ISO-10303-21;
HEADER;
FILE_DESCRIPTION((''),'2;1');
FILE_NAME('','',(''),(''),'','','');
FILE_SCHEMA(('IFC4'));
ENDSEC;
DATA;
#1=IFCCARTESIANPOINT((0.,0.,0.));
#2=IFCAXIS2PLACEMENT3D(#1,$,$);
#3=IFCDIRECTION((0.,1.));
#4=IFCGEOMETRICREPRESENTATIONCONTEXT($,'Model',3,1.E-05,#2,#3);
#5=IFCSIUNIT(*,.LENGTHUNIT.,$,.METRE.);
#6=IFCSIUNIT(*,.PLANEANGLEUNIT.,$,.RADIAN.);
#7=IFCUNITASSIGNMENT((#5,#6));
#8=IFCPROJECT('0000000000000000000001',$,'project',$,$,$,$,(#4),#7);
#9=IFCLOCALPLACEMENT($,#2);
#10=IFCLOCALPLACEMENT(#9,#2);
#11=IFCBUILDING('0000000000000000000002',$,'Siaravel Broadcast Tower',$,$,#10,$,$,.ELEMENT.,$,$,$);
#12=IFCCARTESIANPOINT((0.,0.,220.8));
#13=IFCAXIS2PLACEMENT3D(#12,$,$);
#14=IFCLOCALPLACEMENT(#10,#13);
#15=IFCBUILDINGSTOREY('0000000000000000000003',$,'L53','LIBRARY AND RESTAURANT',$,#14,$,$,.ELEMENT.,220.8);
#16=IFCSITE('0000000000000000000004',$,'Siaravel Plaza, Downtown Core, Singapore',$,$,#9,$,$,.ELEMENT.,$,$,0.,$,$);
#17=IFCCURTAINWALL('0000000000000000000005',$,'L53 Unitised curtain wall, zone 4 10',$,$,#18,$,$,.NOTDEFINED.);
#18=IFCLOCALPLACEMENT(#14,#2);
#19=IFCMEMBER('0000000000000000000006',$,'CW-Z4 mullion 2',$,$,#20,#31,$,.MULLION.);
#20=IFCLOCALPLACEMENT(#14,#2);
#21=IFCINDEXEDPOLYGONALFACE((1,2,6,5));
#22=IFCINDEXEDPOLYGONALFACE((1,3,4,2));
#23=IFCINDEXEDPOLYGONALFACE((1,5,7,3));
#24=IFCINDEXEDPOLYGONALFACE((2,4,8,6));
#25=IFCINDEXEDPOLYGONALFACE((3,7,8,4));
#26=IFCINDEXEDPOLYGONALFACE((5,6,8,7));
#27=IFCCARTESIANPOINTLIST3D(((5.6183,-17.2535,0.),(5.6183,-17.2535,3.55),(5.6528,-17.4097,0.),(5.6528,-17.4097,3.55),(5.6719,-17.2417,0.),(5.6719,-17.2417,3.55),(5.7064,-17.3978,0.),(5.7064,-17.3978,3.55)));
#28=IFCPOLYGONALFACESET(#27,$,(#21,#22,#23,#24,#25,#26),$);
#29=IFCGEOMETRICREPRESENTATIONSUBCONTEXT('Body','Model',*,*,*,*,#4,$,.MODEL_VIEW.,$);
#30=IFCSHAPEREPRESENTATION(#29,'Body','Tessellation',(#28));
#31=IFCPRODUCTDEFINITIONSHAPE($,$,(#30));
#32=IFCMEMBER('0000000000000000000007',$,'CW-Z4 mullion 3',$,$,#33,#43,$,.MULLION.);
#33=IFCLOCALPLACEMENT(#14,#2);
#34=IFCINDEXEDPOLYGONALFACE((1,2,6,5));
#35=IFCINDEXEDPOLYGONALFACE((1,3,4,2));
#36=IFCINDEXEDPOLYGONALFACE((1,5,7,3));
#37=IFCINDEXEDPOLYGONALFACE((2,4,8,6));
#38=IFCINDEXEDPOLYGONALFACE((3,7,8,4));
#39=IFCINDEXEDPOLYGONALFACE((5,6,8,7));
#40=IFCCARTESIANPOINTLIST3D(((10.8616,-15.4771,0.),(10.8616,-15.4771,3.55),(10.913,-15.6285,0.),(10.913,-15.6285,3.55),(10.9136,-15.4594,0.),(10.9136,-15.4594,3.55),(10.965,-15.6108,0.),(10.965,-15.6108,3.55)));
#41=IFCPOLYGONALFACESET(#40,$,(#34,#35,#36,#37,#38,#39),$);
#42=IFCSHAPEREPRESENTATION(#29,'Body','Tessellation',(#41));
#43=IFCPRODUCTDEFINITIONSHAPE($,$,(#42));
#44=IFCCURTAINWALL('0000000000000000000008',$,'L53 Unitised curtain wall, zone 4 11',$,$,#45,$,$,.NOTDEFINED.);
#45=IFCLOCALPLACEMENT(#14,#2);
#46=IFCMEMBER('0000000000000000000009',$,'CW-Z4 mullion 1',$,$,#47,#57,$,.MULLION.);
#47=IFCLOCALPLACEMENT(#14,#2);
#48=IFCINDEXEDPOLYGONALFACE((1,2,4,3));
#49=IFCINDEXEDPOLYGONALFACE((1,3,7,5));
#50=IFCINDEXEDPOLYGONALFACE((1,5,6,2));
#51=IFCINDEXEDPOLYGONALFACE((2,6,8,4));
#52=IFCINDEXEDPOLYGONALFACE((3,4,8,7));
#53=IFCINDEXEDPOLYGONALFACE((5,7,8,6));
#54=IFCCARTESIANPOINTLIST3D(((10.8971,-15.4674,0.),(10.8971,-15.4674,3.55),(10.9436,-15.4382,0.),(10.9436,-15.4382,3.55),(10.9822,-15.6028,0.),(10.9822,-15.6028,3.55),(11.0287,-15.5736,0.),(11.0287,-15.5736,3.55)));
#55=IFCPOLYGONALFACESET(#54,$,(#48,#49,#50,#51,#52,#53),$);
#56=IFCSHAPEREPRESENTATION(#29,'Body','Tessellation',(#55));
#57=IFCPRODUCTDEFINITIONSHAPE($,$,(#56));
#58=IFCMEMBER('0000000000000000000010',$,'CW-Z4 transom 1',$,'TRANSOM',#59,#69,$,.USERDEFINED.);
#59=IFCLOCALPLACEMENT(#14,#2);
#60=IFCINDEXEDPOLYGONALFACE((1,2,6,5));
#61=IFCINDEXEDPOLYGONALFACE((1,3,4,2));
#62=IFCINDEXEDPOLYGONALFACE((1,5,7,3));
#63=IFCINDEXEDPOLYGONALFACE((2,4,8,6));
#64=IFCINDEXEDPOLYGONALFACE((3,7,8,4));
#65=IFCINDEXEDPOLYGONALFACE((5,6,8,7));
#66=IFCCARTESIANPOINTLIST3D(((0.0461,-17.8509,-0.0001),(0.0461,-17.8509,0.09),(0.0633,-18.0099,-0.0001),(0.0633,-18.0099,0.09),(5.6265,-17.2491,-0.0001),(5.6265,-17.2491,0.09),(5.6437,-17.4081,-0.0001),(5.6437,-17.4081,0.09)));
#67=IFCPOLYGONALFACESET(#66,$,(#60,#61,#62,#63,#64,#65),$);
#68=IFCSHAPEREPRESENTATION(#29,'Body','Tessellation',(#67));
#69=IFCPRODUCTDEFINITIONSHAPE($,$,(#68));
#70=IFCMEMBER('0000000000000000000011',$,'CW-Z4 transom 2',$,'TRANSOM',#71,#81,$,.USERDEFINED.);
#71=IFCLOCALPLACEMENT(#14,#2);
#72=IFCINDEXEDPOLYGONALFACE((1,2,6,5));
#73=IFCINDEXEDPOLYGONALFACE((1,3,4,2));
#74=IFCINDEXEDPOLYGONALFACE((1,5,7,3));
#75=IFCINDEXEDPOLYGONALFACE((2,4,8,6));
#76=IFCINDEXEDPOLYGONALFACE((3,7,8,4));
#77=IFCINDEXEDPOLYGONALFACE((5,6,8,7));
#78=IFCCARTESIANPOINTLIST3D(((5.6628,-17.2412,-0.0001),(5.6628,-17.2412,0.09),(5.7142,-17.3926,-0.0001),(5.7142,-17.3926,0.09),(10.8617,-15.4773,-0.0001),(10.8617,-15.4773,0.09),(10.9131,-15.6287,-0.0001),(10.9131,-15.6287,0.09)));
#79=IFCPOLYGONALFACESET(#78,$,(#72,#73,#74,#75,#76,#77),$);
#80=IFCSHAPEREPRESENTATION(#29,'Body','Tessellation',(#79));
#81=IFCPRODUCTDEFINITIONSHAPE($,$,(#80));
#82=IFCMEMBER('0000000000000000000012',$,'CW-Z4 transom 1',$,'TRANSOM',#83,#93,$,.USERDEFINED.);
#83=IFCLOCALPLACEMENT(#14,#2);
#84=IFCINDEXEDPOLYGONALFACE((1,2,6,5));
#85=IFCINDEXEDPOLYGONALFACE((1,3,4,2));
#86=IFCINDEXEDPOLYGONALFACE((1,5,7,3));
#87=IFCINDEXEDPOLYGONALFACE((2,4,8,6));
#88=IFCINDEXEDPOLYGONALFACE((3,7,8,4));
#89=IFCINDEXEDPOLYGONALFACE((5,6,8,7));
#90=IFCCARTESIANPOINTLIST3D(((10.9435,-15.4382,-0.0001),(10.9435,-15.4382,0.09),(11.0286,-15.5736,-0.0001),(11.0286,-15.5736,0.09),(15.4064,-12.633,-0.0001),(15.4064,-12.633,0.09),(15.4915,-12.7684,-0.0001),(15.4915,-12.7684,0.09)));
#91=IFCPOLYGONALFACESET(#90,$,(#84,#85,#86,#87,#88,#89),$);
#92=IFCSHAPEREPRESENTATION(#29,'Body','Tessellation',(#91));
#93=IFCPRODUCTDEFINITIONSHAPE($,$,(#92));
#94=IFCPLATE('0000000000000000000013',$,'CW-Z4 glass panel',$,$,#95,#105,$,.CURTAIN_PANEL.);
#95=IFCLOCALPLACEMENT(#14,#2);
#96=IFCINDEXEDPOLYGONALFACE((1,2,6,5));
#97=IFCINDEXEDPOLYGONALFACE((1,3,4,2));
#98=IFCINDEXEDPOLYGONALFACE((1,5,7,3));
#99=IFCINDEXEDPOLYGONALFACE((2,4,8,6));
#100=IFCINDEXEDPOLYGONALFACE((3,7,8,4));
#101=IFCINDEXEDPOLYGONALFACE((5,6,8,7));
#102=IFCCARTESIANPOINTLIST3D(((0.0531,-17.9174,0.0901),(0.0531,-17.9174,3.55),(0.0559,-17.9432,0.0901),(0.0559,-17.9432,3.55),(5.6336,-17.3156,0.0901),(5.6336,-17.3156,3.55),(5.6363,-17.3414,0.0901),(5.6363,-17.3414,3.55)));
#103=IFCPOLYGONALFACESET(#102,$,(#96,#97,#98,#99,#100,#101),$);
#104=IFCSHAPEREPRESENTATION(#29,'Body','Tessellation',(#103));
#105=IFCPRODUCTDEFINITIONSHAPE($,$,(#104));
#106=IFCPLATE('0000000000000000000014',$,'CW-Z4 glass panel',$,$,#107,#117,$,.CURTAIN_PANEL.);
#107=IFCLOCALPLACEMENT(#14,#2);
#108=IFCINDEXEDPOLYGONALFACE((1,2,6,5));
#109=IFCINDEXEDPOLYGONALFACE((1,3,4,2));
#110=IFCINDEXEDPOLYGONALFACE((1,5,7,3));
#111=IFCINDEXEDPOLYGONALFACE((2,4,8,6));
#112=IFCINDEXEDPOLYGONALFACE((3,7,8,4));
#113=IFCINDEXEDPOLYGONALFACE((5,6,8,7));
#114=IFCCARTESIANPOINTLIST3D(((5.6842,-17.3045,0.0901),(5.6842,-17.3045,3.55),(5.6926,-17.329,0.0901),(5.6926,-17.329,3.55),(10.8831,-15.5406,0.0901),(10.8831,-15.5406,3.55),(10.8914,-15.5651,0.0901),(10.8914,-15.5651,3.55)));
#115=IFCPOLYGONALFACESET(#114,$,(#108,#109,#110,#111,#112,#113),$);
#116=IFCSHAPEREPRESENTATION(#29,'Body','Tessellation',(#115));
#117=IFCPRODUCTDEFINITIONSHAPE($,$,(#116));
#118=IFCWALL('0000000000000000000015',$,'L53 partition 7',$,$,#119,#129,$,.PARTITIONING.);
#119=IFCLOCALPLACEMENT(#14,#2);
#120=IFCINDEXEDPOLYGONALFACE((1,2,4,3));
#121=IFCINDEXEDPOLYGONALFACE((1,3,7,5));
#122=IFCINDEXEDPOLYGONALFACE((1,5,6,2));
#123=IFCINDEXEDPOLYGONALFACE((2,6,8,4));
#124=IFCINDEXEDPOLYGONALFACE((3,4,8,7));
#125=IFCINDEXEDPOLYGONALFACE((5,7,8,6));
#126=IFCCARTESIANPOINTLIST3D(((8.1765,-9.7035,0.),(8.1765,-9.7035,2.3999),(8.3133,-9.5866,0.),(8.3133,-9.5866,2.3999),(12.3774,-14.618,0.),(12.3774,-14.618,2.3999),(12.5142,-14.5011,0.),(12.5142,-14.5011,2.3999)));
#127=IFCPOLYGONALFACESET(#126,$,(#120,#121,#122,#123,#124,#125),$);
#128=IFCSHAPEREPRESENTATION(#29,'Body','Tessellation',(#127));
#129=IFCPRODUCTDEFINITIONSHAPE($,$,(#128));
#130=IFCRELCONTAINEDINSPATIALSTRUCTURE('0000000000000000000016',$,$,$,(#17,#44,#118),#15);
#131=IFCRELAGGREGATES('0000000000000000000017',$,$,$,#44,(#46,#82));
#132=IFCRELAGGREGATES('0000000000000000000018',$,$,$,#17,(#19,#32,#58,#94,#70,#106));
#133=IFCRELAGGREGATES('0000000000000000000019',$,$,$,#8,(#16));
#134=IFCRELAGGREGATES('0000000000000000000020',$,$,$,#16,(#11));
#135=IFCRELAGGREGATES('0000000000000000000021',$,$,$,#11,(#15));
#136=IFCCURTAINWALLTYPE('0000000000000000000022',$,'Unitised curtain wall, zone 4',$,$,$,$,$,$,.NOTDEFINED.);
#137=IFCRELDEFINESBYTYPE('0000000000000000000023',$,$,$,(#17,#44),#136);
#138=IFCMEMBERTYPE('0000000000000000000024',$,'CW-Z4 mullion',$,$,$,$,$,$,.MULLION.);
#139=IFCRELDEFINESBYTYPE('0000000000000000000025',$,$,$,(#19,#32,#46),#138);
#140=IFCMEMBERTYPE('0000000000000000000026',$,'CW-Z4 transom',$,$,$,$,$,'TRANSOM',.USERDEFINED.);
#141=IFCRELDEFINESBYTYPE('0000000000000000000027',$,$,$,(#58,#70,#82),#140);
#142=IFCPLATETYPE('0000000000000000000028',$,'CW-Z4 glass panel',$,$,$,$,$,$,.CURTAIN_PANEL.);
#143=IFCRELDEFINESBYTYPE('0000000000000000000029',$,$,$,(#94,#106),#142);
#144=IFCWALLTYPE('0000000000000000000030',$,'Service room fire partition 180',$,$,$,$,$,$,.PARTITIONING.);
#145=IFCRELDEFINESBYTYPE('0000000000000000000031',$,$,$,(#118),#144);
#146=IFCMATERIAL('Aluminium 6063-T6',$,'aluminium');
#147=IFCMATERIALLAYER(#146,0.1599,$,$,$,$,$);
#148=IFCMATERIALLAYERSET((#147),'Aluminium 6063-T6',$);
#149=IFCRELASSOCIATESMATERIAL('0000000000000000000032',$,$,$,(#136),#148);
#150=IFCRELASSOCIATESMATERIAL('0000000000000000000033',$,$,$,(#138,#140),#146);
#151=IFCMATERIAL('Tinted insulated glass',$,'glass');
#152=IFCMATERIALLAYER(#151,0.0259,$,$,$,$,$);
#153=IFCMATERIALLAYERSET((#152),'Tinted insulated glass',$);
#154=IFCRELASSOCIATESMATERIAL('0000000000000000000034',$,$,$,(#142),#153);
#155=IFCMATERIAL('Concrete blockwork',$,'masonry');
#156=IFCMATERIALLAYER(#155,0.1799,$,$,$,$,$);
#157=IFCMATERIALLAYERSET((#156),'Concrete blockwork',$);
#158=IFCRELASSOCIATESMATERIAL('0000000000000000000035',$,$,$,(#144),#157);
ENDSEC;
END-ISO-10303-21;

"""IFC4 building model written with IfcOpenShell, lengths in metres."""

from ifc_helpers import new_model, si_unit, direction, frame, frame_2d, origin, origin_2d, place, context, subcontext, project, spatial, rectangle, extrude, material, layer, layer_set, material_profile, profile_set, type_object, element, aggregate, save


model = new_model("IFC4")

# Units and contexts
model_context = context("Model", 3, precision=1e-05, world=origin(), true_north=direction((0.0, 1.0)))
body_context = subcontext(model_context, "Body", "Model", "MODEL_VIEW")
ifc_project = project(units=[si_unit("LENGTHUNIT", "METRE"), si_unit("PLANEANGLEUNIT", "RADIAN")], contexts=[model_context])

# Site, building, storey
site_placement = place(None, origin())
site = spatial("IfcSite", under=ifc_project, at=site_placement, Name="Siaravel Plaza, Downtown Core, Singapore", CompositionType="ELEMENT", RefElevation=0.0)
building_placement = place(site_placement, origin())
building = spatial("IfcBuilding", under=site, at=building_placement, Name="Siaravel Broadcast Tower", CompositionType="ELEMENT")
storey_placement = place(building_placement, frame((0.0, 0.0, 220.8)))
storey = spatial("IfcBuildingStorey", under=building, at=storey_placement, Name="L53", Description="LIBRARY AND RESTAURANT", CompositionType="ELEMENT", Elevation=220.8)

# Curtain wall, members
ifc_material_1 = material(Name="Aluminium 6063-T6", Category="aluminium")
ifc_layer_1 = layer(ifc_material_1, 0.1599)
ifc_layer_set_1 = layer_set([ifc_layer_1], Name="Aluminium 6063-T6")
curtain_wall_type = type_object("IfcCurtainWallType", Name="Unitised curtain wall, zone 4", PredefinedType="NOTDEFINED", material=ifc_layer_set_1)
curtain_wall_1_placement = place(storey_placement, origin())
curtain_wall_1 = element("IfcCurtainWall", 1, at=curtain_wall_1_placement, inside=storey, type_object=curtain_wall_type, Name="L53 Unitised curtain wall, zone 4 10", PredefinedType="NOTDEFINED")
ifc_material_profile_1 = material_profile(ifc_material_1, rectangle(XDim=0.1599, YDim=0.0549, at=origin_2d()))
ifc_profile_set_1 = profile_set([ifc_material_profile_1], Name="Aluminium 6063-T6")
member_type_1 = type_object("IfcMemberType", Name="CW-Z4 mullion", PredefinedType="MULLION", material=ifc_profile_set_1)
member_1_placement = place(storey_placement, frame((5.6624, -17.3257, 0.0), z_axis=(0.0, 0.0, 1.0), x_axis=(-0.215558, 0.976491, 0.0)))
member_1 = element("IfcMember", 2, at=member_1_placement, type_object=member_type_1, Name="CW-Z4 mullion 2", PredefinedType="MULLION", context=body_context, shape_type="SweptSolid", body=[
    extrude(rectangle(XDim=0.1599, YDim=0.0549, at=origin_2d()), origin(), (0.0, 0.0, 1.0), 3.55),
])
member_2_placement = place(storey_placement, frame((10.9133, -15.5439, 0.0), z_axis=(0.0, 0.0, 1.0), x_axis=(-0.321301, 0.946977, 0.0)))
member_2 = element("IfcMember", 3, at=member_2_placement, type_object=member_type_1, Name="CW-Z4 mullion 3", PredefinedType="MULLION", context=body_context, shape_type="SweptSolid", body=[
    extrude(rectangle(XDim=0.1599, YDim=0.0549, at=origin_2d()), origin(), (0.0, 0.0, 1.0), 3.55),
])

# Curtain wall, member
curtain_wall_2_placement = place(storey_placement, origin())
curtain_wall_2 = element("IfcCurtainWall", 4, at=curtain_wall_2_placement, inside=storey, type_object=curtain_wall_type, Name="L53 Unitised curtain wall, zone 4 11", PredefinedType="NOTDEFINED")
member_3_placement = place(storey_placement, frame((10.9629, -15.5205, 0.0), z_axis=(0.0, 0.0, 1.0), x_axis=(-0.53215, 0.84665, 0.0)))
member_3 = element("IfcMember", 5, at=member_3_placement, type_object=member_type_1, Name="CW-Z4 mullion 1", PredefinedType="MULLION", context=body_context, shape_type="SweptSolid", body=[
    extrude(rectangle(XDim=0.1599, YDim=0.0549, at=origin_2d()), origin(), (0.0, 0.0, 1.0), 3.55),
])

# Members
ifc_material_profile_2 = material_profile(ifc_material_1, rectangle(XDim=0.1599, YDim=0.0901, at=origin_2d()))
ifc_profile_set_2 = profile_set([ifc_material_profile_2], Name="Aluminium 6063-T6")
member_type_2 = type_object("IfcMemberType", Name="CW-Z4 transom", ElementType="TRANSOM", PredefinedType="USERDEFINED", material=ifc_profile_set_2)
member_4_placement = place(storey_placement, frame((0.0547, -17.9304, 0.0449), z_axis=(0.994235, 0.107223, 0.0), x_axis=(-0.107223, 0.994235, 0.0)))
member_4 = element("IfcMember", 6, at=member_4_placement, type_object=member_type_2, Name="CW-Z4 transom 1", ObjectType="TRANSOM", PredefinedType="USERDEFINED", context=body_context, shape_type="SweptSolid", body=[
    extrude(rectangle(XDim=0.1599, YDim=0.0901, at=origin_2d()), origin(), (0.0, 0.0, 1.0), 5.6128),
])
member_5_placement = place(storey_placement, frame((5.6885, -17.3169, 0.0449), z_axis=(0.94698, 0.321293, 0.0), x_axis=(-0.321293, 0.94698, 0.0)))
member_5 = element("IfcMember", 7, at=member_5_placement, type_object=member_type_2, Name="CW-Z4 transom 2", ObjectType="TRANSOM", PredefinedType="USERDEFINED", context=body_context, shape_type="SweptSolid", body=[
    extrude(rectangle(XDim=0.1599, YDim=0.0901, at=origin_2d()), origin(), (0.0, 0.0, 1.0), 5.49),
])
member_6_placement = place(storey_placement, frame((10.9861, -15.5059, 0.0449), z_axis=(0.846643, 0.532162, 0.0), x_axis=(-0.532162, 0.846643, 0.0)))
member_6 = element("IfcMember", 8, at=member_6_placement, type_object=member_type_2, Name="CW-Z4 transom 1", ObjectType="TRANSOM", PredefinedType="USERDEFINED", context=body_context, shape_type="SweptSolid", body=[
    extrude(rectangle(XDim=0.1599, YDim=0.0901, at=origin_2d()), origin(), (0.0, 0.0, 1.0), 5.2712),
])
aggregate(curtain_wall_2, [member_3, member_6])

# Plates
ifc_material_2 = material(Name="Tinted insulated glass", Category="glass")
ifc_layer_2 = layer(ifc_material_2, 0.0259)
ifc_layer_set_2 = layer_set([ifc_layer_2], Name="Tinted insulated glass")
plate_type = type_object("IfcPlateType", Name="CW-Z4 glass panel", PredefinedType="CURTAIN_PANEL", material=ifc_layer_set_2)
plate_1_placement = place(storey_placement, frame((2.8447, -17.6294, 0.0901), z_axis=(0.0, 0.0, 1.0), x_axis=(0.994236, 0.107218, 0.0)))
plate_1 = element("IfcPlate", 9, at=plate_1_placement, type_object=plate_type, Name="CW-Z4 glass panel", PredefinedType="CURTAIN_PANEL", context=body_context, shape_type="SweptSolid", body=[
    extrude(rectangle(XDim=5.6128, YDim=0.0259, at=origin_2d()), origin(), (0.0, 0.0, 1.0), 3.46),
])
plate_2_placement = place(storey_placement, frame((8.2878, -16.4348, 0.0901), z_axis=(0.0, 0.0, 1.0), x_axis=(0.946977, 0.321301, 0.0)))
plate_2 = element("IfcPlate", 10, at=plate_2_placement, type_object=plate_type, Name="CW-Z4 glass panel", PredefinedType="CURTAIN_PANEL", context=body_context, shape_type="SweptSolid", body=[
    extrude(rectangle(XDim=5.49, YDim=0.0259, at=origin_2d()), origin(), (0.0, 0.0, 1.0), 3.46),
])
aggregate(curtain_wall_1, [member_1, member_2, member_4, plate_1, member_5, plate_2])

# Wall
ifc_material_3 = material(Name="Concrete blockwork", Category="masonry")
ifc_layer_3 = layer(ifc_material_3, 0.1799)
ifc_layer_set_3 = layer_set([ifc_layer_3], Name="Concrete blockwork")
wall_type = type_object("IfcWallType", Name="Service room fire partition 180", PredefinedType="PARTITIONING", material=ifc_layer_set_3)
wall_placement = place(storey_placement, frame((12.4458, -14.5596, 0.0), z_axis=(0.0, 0.0, 1.0), x_axis=(-0.649761, 0.760138, 0.0)))
element("IfcWall", 11, at=wall_placement, inside=storey, type_object=wall_type, Name="L53 partition 7", PredefinedType="PARTITIONING", context=body_context, shape_type="SweptSolid", body=[
    extrude(rectangle(XDim=6.4653, YDim=0.1799, at=frame_2d((3.2327, 0.0))), origin(), (0.0, 0.0, 1.0), 2.3999),
])

save(model, "model.ifc")
